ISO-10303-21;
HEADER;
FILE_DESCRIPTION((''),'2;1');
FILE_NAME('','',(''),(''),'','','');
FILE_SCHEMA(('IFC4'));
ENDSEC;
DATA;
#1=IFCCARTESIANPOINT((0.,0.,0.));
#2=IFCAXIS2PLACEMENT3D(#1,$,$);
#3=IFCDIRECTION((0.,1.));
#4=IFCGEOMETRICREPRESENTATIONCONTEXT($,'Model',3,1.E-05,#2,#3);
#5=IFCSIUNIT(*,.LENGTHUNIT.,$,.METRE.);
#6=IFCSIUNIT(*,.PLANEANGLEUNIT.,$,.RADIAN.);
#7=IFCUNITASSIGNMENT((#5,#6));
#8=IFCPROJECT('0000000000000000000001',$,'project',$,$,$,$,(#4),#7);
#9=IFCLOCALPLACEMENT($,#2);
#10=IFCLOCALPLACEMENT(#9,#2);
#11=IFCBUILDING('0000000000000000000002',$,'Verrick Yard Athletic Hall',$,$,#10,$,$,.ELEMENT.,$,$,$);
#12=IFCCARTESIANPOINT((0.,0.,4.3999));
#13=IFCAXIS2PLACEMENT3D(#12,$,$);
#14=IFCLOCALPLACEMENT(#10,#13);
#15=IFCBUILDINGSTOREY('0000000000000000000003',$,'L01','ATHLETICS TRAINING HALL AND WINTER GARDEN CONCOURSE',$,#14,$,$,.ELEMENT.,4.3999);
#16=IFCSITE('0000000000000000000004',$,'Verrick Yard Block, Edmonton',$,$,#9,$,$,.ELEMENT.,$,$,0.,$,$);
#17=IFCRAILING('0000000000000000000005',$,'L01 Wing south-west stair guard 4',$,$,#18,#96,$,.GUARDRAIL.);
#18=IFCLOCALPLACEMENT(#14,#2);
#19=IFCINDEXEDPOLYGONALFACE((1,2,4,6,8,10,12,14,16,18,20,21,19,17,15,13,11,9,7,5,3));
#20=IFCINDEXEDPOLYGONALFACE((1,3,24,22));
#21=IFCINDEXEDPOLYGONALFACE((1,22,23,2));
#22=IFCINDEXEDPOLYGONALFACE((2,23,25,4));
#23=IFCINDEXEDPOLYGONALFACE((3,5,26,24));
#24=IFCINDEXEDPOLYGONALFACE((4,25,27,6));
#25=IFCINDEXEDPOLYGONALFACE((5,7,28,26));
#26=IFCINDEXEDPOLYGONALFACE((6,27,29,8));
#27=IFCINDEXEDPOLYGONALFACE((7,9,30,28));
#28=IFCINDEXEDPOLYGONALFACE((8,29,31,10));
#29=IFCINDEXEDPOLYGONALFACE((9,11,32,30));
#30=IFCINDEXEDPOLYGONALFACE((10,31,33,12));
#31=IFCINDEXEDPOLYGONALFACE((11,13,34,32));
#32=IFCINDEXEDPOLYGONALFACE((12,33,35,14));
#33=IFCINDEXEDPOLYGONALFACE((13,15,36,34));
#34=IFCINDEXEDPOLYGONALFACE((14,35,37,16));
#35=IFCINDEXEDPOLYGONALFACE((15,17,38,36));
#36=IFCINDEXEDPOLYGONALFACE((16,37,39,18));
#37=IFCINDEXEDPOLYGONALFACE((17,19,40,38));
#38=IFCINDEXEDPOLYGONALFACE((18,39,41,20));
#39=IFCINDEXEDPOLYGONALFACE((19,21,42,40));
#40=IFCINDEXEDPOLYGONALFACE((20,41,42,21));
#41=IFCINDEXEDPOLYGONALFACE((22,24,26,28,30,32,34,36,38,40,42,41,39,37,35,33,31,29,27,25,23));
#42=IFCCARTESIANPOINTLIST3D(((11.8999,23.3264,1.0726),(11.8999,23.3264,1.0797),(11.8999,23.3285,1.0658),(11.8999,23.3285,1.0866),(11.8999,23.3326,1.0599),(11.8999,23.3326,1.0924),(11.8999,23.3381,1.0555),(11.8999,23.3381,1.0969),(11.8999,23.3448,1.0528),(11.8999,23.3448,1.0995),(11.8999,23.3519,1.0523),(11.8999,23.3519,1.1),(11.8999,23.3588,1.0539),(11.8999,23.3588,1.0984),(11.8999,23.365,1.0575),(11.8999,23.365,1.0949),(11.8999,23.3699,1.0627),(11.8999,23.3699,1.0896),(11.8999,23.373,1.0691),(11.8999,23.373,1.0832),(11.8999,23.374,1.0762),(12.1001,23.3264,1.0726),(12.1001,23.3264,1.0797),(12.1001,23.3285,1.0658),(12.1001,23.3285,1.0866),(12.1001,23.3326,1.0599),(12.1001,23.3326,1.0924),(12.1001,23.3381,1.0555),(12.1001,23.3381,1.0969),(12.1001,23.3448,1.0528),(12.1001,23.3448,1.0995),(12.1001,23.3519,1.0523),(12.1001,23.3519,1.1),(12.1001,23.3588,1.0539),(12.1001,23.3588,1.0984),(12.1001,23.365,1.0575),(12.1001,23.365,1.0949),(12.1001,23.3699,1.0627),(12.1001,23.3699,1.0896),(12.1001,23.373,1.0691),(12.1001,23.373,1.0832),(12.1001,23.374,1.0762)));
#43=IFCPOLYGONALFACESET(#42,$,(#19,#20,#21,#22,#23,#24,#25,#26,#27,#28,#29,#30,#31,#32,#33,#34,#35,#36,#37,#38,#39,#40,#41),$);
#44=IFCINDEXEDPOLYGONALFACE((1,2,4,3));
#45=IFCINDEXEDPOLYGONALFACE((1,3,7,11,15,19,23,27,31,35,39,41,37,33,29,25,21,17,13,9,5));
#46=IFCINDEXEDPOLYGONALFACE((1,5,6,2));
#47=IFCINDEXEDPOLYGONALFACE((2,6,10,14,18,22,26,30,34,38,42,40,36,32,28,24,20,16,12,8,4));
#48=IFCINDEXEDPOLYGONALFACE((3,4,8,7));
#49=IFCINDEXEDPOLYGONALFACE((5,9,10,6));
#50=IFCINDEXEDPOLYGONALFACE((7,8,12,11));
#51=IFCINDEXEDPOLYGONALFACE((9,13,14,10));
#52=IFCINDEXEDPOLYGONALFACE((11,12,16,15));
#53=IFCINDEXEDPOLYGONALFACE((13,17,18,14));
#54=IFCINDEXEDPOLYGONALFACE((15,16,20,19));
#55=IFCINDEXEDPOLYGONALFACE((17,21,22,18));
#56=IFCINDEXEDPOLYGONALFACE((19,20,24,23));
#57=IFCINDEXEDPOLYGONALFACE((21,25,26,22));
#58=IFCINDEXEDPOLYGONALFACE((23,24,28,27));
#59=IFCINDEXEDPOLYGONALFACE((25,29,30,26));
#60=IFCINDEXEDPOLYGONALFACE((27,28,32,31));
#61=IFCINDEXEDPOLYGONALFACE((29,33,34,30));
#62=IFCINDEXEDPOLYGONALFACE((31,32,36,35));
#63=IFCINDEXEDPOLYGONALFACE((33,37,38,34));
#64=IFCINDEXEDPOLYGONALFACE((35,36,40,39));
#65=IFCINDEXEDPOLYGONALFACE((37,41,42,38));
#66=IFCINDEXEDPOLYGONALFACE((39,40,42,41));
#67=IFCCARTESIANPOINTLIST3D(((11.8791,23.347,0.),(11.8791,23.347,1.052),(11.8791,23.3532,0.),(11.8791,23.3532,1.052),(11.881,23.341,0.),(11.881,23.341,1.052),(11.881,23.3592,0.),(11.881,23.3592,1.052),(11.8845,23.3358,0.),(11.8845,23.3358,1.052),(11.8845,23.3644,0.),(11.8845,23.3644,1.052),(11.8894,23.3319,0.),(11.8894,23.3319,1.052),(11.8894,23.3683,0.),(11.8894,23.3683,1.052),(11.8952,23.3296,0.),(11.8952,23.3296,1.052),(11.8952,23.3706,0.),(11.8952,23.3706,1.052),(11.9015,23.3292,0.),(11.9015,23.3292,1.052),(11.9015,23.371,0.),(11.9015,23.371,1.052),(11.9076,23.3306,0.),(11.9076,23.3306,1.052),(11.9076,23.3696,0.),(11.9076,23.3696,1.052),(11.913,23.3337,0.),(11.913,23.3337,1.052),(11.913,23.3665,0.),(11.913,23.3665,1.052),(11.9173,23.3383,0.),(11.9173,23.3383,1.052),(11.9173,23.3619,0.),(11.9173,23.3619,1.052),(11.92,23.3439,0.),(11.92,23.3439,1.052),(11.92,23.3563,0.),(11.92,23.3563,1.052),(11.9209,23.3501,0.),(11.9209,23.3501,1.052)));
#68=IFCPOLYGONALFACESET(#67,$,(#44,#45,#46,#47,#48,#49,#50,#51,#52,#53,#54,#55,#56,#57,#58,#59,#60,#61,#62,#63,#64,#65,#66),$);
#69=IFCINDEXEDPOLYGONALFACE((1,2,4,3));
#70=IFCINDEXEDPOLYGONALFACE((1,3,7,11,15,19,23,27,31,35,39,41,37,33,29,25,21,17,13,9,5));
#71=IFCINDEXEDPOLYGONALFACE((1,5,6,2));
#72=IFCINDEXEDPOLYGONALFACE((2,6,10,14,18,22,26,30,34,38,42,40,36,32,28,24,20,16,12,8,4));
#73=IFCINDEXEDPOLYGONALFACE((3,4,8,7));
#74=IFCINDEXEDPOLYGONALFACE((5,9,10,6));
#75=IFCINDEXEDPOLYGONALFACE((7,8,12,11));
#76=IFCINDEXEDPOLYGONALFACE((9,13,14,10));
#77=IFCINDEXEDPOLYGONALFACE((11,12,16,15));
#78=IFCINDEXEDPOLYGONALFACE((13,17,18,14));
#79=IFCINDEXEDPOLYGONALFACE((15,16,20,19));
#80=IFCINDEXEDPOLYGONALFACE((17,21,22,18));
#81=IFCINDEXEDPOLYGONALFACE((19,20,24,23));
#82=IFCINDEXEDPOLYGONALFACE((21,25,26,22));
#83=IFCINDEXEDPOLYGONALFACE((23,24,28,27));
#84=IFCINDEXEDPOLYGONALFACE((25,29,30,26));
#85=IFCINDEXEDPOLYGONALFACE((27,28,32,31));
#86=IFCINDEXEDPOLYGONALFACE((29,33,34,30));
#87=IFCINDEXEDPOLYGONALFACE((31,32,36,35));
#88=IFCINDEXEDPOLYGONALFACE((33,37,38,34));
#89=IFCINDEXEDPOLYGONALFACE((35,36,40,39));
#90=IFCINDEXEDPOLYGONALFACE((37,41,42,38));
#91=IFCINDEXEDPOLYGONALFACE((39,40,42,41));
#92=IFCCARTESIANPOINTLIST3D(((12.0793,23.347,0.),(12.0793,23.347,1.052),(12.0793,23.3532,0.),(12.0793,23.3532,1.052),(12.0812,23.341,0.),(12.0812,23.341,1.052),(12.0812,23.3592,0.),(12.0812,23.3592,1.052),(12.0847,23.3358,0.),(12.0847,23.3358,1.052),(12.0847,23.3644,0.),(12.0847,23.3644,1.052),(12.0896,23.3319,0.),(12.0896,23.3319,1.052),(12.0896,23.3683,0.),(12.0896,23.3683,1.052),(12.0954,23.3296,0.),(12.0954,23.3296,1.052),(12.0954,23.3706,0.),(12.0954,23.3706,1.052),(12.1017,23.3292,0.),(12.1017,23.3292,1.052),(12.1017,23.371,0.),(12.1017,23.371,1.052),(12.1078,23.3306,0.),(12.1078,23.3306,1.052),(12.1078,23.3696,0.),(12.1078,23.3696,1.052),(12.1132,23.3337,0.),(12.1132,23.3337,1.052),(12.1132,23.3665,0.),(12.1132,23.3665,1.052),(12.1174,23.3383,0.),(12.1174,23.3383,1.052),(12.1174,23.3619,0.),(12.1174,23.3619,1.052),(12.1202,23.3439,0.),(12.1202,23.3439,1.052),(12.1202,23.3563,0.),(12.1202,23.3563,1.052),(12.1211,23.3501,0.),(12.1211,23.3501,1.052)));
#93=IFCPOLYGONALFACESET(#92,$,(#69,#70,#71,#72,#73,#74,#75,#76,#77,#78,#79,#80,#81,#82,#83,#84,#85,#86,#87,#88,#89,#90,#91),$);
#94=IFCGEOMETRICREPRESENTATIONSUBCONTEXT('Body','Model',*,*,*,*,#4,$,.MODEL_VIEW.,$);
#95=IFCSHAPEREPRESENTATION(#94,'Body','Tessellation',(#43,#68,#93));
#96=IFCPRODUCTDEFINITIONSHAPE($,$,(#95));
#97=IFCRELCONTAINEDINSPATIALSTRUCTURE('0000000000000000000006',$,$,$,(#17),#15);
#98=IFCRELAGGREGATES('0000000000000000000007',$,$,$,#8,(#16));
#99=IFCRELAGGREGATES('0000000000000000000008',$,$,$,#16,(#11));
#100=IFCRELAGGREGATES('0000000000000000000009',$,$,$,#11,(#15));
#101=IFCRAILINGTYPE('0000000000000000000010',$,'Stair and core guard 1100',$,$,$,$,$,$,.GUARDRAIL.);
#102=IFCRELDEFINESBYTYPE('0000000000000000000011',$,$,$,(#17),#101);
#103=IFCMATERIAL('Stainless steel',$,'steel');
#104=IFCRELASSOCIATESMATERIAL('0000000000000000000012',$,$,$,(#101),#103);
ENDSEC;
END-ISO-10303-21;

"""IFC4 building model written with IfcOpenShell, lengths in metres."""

from ifc_helpers import new_model, si_unit, direction, frame, origin, origin_2d, place, context, subcontext, project, spatial, circle, extrude, material, type_object, element, save


model = new_model("IFC4")

# Units and contexts
model_context = context("Model", 3, precision=1e-05, world=origin(), true_north=direction((0.0, 1.0)))
body_context = subcontext(model_context, "Body", "Model", "MODEL_VIEW")
ifc_project = project(units=[si_unit("LENGTHUNIT", "METRE"), si_unit("PLANEANGLEUNIT", "RADIAN")], contexts=[model_context])

# Site, building, storey
site_placement = place(None, origin())
site = spatial("IfcSite", under=ifc_project, at=site_placement, Name="Verrick Yard Block, Edmonton", CompositionType="ELEMENT", RefElevation=0.0)
building_placement = place(site_placement, origin())
building = spatial("IfcBuilding", under=site, at=building_placement, Name="Verrick Yard Athletic Hall", CompositionType="ELEMENT")
storey_placement = place(building_placement, frame((0.0, 0.0, 4.3999)))
storey = spatial("IfcBuildingStorey", under=building, at=storey_placement, Name="L01", Description="ATHLETICS TRAINING HALL AND WINTER GARDEN CONCOURSE", CompositionType="ELEMENT", Elevation=4.3999)

# Railing
ifc_material_1 = material(Name="Stainless steel", Category="steel")
railing_type_1 = type_object("IfcRailingType", Name="Stair and core guard 1100", PredefinedType="GUARDRAIL", material=ifc_material_1)
railing_1_placement = place(storey_placement, frame((11.8999, 23.3501, 0.0)))
element("IfcRailing", 1, at=railing_1_placement, inside=storey, type_object=railing_type_1, Name="L01 Wing south-west stair guard 4", PredefinedType="GUARDRAIL", context=body_context, shape_type="SweptSolid", body=[
    extrude(circle(Radius=0.0239, at=origin_2d()), frame((0.0, 0.0, 1.0762), z_axis=(1.0, 0.0, 0.0), x_axis=(0.0, 1.0, 0.0)), (0.0, 0.0, 1.0), 0.2002),
    extrude(circle(Radius=0.021, at=origin_2d()), origin(), (0.0, 0.0, 1.0), 1.052),
    extrude(circle(Radius=0.021, at=origin_2d()), frame((0.2002, 0.0, 0.0)), (0.0, 0.0, 1.0), 1.052),
])

save(model, "model.ifc")
